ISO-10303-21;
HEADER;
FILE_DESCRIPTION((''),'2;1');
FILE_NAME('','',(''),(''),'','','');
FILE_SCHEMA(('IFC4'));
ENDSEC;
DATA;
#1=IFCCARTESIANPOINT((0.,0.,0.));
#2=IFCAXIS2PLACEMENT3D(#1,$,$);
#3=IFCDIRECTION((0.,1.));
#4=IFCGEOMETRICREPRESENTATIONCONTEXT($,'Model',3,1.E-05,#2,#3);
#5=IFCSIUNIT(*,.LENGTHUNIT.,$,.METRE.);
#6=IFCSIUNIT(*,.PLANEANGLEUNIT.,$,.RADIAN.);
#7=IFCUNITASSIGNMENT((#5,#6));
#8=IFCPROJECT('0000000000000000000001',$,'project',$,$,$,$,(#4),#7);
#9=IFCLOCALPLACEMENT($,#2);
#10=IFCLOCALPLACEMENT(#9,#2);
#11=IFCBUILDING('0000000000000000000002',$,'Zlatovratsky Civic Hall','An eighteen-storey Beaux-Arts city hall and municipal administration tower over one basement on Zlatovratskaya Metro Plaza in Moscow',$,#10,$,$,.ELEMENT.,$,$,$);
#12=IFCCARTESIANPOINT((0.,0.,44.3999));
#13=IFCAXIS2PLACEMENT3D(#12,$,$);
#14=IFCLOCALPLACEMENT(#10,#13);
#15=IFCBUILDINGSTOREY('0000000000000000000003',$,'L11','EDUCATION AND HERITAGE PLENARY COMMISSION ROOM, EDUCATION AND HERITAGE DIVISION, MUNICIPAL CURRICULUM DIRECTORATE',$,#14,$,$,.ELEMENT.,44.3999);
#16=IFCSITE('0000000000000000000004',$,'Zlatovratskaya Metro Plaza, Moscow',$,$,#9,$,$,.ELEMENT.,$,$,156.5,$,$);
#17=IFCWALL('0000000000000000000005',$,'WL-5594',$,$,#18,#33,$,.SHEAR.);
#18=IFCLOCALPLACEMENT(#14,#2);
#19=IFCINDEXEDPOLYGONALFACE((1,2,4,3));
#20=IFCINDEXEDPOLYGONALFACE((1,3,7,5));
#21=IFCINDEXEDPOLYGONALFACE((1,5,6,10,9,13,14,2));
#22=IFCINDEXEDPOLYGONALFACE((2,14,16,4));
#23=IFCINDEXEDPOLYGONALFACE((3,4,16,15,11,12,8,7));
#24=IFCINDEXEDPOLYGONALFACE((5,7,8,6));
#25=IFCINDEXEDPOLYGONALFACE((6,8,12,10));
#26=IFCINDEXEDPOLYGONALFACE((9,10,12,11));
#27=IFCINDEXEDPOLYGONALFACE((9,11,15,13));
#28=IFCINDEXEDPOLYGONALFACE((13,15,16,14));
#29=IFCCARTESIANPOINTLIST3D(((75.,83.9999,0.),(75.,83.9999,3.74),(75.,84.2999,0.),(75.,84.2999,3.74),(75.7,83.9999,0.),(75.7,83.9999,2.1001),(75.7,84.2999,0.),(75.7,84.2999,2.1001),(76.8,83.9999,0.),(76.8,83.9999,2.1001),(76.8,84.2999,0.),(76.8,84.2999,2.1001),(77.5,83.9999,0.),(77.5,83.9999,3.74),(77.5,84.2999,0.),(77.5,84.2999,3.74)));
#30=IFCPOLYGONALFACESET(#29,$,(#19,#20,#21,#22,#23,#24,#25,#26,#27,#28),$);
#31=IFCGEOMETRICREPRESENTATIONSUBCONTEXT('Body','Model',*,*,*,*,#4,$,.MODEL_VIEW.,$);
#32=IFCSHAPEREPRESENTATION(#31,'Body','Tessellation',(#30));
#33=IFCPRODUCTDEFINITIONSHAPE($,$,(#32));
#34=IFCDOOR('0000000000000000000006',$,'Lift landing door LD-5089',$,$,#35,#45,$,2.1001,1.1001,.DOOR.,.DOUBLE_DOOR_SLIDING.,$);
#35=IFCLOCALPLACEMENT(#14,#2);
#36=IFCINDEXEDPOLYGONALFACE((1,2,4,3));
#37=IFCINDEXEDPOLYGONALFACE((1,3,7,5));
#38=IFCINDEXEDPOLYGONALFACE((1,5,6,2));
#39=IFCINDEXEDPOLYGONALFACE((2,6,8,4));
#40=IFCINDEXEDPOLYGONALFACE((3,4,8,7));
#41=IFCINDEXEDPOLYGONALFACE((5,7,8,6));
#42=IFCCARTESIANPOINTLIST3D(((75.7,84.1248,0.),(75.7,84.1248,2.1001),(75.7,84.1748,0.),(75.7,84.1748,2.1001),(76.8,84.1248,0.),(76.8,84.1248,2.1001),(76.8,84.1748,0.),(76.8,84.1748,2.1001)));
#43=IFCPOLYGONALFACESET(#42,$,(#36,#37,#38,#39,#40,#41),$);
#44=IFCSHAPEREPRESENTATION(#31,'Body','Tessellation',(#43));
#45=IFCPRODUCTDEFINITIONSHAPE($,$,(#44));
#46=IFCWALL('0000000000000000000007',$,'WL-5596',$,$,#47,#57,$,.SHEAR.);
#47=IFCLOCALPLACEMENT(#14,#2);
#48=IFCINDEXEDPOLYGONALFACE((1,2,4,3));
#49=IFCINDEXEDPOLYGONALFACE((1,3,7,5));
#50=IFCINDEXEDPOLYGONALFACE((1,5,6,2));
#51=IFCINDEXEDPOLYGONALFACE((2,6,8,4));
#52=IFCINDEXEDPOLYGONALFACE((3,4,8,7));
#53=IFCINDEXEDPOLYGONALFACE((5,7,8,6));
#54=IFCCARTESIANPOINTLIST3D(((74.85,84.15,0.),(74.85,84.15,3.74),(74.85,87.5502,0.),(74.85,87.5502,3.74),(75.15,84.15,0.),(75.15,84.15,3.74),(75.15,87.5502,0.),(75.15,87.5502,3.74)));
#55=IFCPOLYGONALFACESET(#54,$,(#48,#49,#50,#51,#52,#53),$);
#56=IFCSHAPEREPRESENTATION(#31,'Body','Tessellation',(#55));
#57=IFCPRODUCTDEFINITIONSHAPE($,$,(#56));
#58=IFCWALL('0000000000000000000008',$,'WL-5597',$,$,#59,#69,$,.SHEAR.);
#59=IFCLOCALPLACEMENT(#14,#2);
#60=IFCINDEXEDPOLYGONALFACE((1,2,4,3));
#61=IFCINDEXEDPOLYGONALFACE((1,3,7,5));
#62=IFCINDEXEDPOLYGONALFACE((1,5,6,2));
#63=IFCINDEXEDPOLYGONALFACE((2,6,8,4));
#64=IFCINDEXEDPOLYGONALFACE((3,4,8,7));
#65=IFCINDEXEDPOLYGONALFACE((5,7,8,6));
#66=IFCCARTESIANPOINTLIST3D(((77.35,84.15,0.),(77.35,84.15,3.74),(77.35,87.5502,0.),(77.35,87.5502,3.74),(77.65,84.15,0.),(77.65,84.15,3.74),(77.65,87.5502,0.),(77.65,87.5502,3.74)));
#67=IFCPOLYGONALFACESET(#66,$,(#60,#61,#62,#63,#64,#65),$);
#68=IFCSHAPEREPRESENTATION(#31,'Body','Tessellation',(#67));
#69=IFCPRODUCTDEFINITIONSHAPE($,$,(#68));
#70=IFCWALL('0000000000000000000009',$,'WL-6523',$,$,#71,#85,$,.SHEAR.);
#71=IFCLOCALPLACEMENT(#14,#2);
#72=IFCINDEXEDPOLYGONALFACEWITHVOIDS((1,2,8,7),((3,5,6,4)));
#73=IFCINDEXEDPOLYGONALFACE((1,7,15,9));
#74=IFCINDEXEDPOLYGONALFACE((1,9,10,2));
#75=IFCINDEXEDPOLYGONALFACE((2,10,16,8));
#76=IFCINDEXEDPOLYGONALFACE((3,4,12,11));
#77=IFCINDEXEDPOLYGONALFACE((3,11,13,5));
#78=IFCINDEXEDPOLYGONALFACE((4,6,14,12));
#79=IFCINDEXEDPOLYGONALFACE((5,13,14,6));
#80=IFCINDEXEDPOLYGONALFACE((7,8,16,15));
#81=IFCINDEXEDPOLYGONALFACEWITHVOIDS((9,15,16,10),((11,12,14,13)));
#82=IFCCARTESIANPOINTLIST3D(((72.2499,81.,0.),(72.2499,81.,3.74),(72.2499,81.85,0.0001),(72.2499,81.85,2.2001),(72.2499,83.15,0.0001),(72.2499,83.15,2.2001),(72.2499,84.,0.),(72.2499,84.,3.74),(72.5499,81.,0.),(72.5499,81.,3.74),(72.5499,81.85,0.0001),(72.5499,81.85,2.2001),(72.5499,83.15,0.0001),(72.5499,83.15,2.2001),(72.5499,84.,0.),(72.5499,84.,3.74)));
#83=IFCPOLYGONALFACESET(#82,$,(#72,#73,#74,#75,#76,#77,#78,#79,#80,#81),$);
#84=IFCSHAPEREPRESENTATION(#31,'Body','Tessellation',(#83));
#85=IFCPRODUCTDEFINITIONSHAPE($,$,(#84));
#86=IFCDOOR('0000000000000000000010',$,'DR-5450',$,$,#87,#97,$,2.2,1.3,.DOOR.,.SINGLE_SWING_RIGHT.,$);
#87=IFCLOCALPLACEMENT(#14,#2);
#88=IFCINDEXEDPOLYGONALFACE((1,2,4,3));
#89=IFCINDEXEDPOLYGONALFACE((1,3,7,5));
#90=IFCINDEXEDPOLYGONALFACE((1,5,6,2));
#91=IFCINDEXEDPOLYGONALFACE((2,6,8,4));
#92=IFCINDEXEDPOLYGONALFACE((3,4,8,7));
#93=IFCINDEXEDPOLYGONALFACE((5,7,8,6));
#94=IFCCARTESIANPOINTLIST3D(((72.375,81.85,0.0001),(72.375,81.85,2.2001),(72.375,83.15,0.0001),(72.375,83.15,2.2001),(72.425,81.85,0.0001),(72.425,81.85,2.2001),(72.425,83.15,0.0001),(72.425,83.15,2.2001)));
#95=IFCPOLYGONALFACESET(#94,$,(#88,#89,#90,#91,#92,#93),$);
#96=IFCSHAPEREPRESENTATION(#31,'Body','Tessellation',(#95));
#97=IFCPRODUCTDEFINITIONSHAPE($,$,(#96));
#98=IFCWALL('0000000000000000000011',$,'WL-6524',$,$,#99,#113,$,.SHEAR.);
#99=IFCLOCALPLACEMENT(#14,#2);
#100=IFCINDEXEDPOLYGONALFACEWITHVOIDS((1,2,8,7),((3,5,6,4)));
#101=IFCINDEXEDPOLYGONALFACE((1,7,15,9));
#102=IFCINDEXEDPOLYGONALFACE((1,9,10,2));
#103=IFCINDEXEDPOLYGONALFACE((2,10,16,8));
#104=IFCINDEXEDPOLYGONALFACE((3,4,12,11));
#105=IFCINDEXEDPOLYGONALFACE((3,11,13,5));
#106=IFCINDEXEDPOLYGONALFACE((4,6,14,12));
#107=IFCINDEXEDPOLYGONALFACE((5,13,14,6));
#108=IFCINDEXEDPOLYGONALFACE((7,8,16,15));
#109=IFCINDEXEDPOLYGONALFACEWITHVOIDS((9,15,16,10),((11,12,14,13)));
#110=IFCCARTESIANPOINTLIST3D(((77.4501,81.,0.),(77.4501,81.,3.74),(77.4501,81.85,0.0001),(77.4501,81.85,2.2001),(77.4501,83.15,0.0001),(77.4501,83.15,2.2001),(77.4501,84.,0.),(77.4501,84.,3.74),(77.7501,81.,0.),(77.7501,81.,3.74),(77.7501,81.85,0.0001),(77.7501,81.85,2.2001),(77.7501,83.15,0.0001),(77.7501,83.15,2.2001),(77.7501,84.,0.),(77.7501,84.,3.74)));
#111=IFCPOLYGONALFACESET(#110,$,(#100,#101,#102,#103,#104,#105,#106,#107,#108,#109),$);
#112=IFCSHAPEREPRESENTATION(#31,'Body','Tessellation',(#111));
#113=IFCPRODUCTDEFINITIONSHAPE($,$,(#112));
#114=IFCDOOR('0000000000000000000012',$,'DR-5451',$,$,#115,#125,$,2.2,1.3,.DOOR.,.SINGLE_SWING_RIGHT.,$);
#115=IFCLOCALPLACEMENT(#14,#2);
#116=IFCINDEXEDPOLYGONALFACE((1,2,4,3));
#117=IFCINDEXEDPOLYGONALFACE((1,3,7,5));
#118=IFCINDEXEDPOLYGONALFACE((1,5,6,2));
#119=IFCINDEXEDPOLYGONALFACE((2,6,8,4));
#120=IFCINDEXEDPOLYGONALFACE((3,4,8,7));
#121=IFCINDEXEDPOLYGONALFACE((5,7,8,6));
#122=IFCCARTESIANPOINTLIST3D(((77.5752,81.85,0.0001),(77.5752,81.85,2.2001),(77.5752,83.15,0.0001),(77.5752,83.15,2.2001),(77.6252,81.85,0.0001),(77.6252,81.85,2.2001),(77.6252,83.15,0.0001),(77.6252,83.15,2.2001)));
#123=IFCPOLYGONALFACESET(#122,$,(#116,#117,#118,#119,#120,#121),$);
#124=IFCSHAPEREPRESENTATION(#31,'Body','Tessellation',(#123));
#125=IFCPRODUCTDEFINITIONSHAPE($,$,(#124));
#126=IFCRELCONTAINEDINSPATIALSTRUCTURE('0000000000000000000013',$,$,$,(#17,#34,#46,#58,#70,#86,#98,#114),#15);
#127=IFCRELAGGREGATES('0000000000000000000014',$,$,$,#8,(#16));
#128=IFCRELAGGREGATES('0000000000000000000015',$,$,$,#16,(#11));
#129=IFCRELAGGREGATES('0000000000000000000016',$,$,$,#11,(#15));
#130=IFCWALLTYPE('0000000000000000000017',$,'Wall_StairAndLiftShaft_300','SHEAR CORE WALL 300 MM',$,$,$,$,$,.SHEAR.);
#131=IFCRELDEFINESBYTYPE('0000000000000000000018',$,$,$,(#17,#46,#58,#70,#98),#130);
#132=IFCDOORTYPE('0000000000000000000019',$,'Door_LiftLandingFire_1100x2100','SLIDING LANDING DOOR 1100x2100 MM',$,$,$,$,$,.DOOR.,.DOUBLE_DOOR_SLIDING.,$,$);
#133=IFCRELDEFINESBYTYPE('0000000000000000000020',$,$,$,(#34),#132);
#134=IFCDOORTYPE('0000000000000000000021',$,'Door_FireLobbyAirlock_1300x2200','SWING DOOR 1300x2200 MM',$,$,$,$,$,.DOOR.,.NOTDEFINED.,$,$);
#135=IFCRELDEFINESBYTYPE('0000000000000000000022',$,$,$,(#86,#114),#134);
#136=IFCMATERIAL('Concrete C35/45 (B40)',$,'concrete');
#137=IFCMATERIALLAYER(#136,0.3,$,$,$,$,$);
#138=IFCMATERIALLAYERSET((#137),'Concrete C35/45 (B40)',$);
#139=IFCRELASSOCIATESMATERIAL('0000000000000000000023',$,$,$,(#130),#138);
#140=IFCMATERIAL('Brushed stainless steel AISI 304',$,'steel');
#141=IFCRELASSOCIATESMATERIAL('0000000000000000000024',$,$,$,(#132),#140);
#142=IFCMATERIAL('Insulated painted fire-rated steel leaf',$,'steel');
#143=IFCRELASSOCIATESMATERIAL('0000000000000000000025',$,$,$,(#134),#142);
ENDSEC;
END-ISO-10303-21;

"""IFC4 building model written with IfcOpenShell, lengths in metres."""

from ifc_helpers import new_model, si_unit, direction, frame, frame_2d, origin, place, context, subcontext, project, spatial, rectangle, extrude, material, layer, layer_set, type_object, element, fill, save


model = new_model("IFC4")

# Units and contexts
model_context = context("Model", 3, precision=1e-05, world=origin(), true_north=direction((0.0, 1.0)))
body_context = subcontext(model_context, "Body", "Model", "MODEL_VIEW")
ifc_project = project(units=[si_unit("LENGTHUNIT", "METRE"), si_unit("PLANEANGLEUNIT", "RADIAN")], contexts=[model_context])

# Site, building, storey
site_placement = place(None, origin())
site = spatial("IfcSite", under=ifc_project, at=site_placement, Name="Zlatovratskaya Metro Plaza, Moscow", CompositionType="ELEMENT", RefElevation=156.5)
building_placement = place(site_placement, origin())
building = spatial("IfcBuilding", under=site, at=building_placement, Name="Zlatovratsky Civic Hall", Description="An eighteen-storey Beaux-Arts city hall and municipal administration tower over one basement on Zlatovratskaya Metro Plaza in Moscow", CompositionType="ELEMENT")
storey_placement = place(building_placement, frame((0.0, 0.0, 44.3999)))
storey = spatial("IfcBuildingStorey", under=building, at=storey_placement, Name="L11", Description="EDUCATION AND HERITAGE PLENARY COMMISSION ROOM, EDUCATION AND HERITAGE DIVISION, MUNICIPAL CURRICULUM DIRECTORATE", CompositionType="ELEMENT", Elevation=44.3999)

# Shared definitions
ifc_material_1 = material(Name="Concrete C35/45 (B40)", Category="concrete")

# Shared definitions
ifc_layer_1 = layer(ifc_material_1, 0.3)
ifc_layer_set_1 = layer_set([ifc_layer_1], Name="Concrete C35/45 (B40)")
wall_type_1 = type_object("IfcWallType", Name="Wall_StairAndLiftShaft_300", Description="SHEAR CORE WALL 300 MM", PredefinedType="SHEAR", material=ifc_layer_set_1)
ifc_material_2 = material(Name="Brushed stainless steel AISI 304", Category="steel")
door_type_1 = type_object("IfcDoorType", Name="Door_LiftLandingFire_1100x2100", Description="SLIDING LANDING DOOR 1100x2100 MM", OperationType="DOUBLE_DOOR_SLIDING", PredefinedType="DOOR", material=ifc_material_2)

# Wall, opening, door
wall_1_placement = place(storey_placement, frame((75.0, 84.1499, 0.0), z_axis=(0.0, 0.0, 1.0), x_axis=(1.0, 0.0, 0.0)))
wall_1 = element("IfcWall", 1, at=wall_1_placement, inside=storey, type_object=wall_type_1, Name="WL-5594", PredefinedType="SHEAR", context=body_context, shape_type="SweptSolid", body=[
    extrude(rectangle(XDim=2.5, YDim=0.3, at=frame_2d((1.25, 0.0))), origin(), (0.0, 0.0, 1.0), 3.74),
])
opening_1_placement = place(wall_1_placement, frame((0.7, 0.0, 0.0)))
opening_1 = element("IfcOpeningElement", 2, at=opening_1_placement, cuts=wall_1, PredefinedType="OPENING", context=body_context, shape_type="SweptSolid", body=[
    extrude(rectangle(XDim=1.1001, YDim=2.1001, at=frame_2d((0.55, 1.05))), frame((0.0, 0.165, 0.0), z_axis=(0.0, -1.0, 0.0), x_axis=(1.0, 0.0, 0.0)), (0.0, 0.0, 1.0), 0.3298),
])
door_1_placement = place(opening_1_placement, origin())
door_1 = element("IfcDoor", 3, at=door_1_placement, inside=storey, type_object=door_type_1, Name="Lift landing door LD-5089", OperationType="DOUBLE_DOOR_SLIDING", OverallHeight=2.1001, OverallWidth=1.1001, PredefinedType="DOOR", context=body_context, shape_type="SweptSolid", body=[
    extrude(rectangle(XDim=1.1001, YDim=2.1001, at=frame_2d((0.55, 1.05))), frame((0.0, 0.0249, 0.0), z_axis=(0.0, -1.0, 0.0), x_axis=(1.0, 0.0, 0.0)), (0.0, 0.0, 1.0), 0.05),
])
fill(opening_1, door_1)

# Walls
for number, where, z_axis, x_axis, name in (
    (4, (75.0, 84.1499, 0.0), (0.0, 0.0, 1.0), (0.0, 1.0, 0.0), "WL-5596"),
    (5, (77.5, 84.1499, 0.0), (0.0, 0.0, 1.0), (0.0, 1.0, 0.0), "WL-5597"),
):
    element("IfcWall", number, at=place(storey_placement, frame(where, z_axis=z_axis, x_axis=x_axis)), inside=storey, type_object=wall_type_1, Name=name, PredefinedType="SHEAR", context=body_context, shape_type="SweptSolid", body=[
        extrude(rectangle(XDim=3.4001, YDim=0.3, at=frame_2d((1.7002, 0.0))), origin(), (0.0, 0.0, 1.0), 3.74),
    ])

# Walls, openings, doors
wall_2_placement = place(storey_placement, frame((72.3999, 81.0, 0.0), z_axis=(0.0, 0.0, 1.0), x_axis=(0.0, 1.0, 0.0)))
wall_2 = element("IfcWall", 6, at=wall_2_placement, inside=storey, type_object=wall_type_1, Name="WL-6523", PredefinedType="SHEAR", context=body_context, shape_type="SweptSolid", body=[
    extrude(rectangle(XDim=3.0, YDim=0.3, at=frame_2d((1.5, 0.0))), origin(), (0.0, 0.0, 1.0), 3.74),
])
opening_2_placement = place(wall_2_placement, frame((0.8501, 0.0, 0.0)))
opening_2 = element("IfcOpeningElement", 7, at=opening_2_placement, cuts=wall_2, PredefinedType="OPENING", context=body_context, shape_type="SweptSolid", body=[
    extrude(rectangle(XDim=1.3, YDim=2.2, at=frame_2d((0.6499, 1.1001))), frame((0.0, 0.165, 0.0), z_axis=(0.0, -1.0, 0.0), x_axis=(1.0, 0.0, 0.0)), (0.0, 0.0, 1.0), 0.3298),
])
ifc_material_3 = material(Name="Insulated painted fire-rated steel leaf", Category="steel")
door_type_2 = type_object("IfcDoorType", Name="Door_FireLobbyAirlock_1300x2200", Description="SWING DOOR 1300x2200 MM", OperationType="NOTDEFINED", PredefinedType="DOOR", material=ifc_material_3)
door_2_placement = place(opening_2_placement, origin())
door_2 = element("IfcDoor", 8, at=door_2_placement, inside=storey, type_object=door_type_2, Name="DR-5450", OperationType="SINGLE_SWING_RIGHT", OverallHeight=2.2, OverallWidth=1.3, PredefinedType="DOOR", context=body_context, shape_type="SweptSolid", body=[
    extrude(rectangle(XDim=1.3, YDim=2.2, at=frame_2d((0.6499, 1.1001))), frame((0.0, 0.0249, 0.0), z_axis=(0.0, -1.0, 0.0), x_axis=(1.0, 0.0, 0.0)), (0.0, 0.0, 1.0), 0.05),
])
fill(opening_2, door_2)
wall_3_placement = place(storey_placement, frame((77.6001, 81.0, 0.0), z_axis=(0.0, 0.0, 1.0), x_axis=(0.0, 1.0, 0.0)))
wall_3 = element("IfcWall", 9, at=wall_3_placement, inside=storey, type_object=wall_type_1, Name="WL-6524", PredefinedType="SHEAR", context=body_context, shape_type="SweptSolid", body=[
    extrude(rectangle(XDim=3.0, YDim=0.3, at=frame_2d((1.5, 0.0))), origin(), (0.0, 0.0, 1.0), 3.74),
])
opening_3_placement = place(wall_3_placement, frame((0.8501, 0.0, 0.0)))
opening_3 = element("IfcOpeningElement", 10, at=opening_3_placement, cuts=wall_3, PredefinedType="OPENING", context=body_context, shape_type="SweptSolid", body=[
    extrude(rectangle(XDim=1.3, YDim=2.2, at=frame_2d((0.6499, 1.1001))), frame((0.0, 0.165, 0.0), z_axis=(0.0, -1.0, 0.0), x_axis=(1.0, 0.0, 0.0)), (0.0, 0.0, 1.0), 0.3298),
])
door_3_placement = place(opening_3_placement, origin())
door_3 = element("IfcDoor", 11, at=door_3_placement, inside=storey, type_object=door_type_2, Name="DR-5451", OperationType="SINGLE_SWING_RIGHT", OverallHeight=2.2, OverallWidth=1.3, PredefinedType="DOOR", context=body_context, shape_type="SweptSolid", body=[
    extrude(rectangle(XDim=1.3, YDim=2.2, at=frame_2d((0.6499, 1.1001))), frame((0.0, 0.0249, 0.0), z_axis=(0.0, -1.0, 0.0), x_axis=(1.0, 0.0, 0.0)), (0.0, 0.0, 1.0), 0.05),
])
fill(opening_3, door_3)

save(model, "model.ifc")
